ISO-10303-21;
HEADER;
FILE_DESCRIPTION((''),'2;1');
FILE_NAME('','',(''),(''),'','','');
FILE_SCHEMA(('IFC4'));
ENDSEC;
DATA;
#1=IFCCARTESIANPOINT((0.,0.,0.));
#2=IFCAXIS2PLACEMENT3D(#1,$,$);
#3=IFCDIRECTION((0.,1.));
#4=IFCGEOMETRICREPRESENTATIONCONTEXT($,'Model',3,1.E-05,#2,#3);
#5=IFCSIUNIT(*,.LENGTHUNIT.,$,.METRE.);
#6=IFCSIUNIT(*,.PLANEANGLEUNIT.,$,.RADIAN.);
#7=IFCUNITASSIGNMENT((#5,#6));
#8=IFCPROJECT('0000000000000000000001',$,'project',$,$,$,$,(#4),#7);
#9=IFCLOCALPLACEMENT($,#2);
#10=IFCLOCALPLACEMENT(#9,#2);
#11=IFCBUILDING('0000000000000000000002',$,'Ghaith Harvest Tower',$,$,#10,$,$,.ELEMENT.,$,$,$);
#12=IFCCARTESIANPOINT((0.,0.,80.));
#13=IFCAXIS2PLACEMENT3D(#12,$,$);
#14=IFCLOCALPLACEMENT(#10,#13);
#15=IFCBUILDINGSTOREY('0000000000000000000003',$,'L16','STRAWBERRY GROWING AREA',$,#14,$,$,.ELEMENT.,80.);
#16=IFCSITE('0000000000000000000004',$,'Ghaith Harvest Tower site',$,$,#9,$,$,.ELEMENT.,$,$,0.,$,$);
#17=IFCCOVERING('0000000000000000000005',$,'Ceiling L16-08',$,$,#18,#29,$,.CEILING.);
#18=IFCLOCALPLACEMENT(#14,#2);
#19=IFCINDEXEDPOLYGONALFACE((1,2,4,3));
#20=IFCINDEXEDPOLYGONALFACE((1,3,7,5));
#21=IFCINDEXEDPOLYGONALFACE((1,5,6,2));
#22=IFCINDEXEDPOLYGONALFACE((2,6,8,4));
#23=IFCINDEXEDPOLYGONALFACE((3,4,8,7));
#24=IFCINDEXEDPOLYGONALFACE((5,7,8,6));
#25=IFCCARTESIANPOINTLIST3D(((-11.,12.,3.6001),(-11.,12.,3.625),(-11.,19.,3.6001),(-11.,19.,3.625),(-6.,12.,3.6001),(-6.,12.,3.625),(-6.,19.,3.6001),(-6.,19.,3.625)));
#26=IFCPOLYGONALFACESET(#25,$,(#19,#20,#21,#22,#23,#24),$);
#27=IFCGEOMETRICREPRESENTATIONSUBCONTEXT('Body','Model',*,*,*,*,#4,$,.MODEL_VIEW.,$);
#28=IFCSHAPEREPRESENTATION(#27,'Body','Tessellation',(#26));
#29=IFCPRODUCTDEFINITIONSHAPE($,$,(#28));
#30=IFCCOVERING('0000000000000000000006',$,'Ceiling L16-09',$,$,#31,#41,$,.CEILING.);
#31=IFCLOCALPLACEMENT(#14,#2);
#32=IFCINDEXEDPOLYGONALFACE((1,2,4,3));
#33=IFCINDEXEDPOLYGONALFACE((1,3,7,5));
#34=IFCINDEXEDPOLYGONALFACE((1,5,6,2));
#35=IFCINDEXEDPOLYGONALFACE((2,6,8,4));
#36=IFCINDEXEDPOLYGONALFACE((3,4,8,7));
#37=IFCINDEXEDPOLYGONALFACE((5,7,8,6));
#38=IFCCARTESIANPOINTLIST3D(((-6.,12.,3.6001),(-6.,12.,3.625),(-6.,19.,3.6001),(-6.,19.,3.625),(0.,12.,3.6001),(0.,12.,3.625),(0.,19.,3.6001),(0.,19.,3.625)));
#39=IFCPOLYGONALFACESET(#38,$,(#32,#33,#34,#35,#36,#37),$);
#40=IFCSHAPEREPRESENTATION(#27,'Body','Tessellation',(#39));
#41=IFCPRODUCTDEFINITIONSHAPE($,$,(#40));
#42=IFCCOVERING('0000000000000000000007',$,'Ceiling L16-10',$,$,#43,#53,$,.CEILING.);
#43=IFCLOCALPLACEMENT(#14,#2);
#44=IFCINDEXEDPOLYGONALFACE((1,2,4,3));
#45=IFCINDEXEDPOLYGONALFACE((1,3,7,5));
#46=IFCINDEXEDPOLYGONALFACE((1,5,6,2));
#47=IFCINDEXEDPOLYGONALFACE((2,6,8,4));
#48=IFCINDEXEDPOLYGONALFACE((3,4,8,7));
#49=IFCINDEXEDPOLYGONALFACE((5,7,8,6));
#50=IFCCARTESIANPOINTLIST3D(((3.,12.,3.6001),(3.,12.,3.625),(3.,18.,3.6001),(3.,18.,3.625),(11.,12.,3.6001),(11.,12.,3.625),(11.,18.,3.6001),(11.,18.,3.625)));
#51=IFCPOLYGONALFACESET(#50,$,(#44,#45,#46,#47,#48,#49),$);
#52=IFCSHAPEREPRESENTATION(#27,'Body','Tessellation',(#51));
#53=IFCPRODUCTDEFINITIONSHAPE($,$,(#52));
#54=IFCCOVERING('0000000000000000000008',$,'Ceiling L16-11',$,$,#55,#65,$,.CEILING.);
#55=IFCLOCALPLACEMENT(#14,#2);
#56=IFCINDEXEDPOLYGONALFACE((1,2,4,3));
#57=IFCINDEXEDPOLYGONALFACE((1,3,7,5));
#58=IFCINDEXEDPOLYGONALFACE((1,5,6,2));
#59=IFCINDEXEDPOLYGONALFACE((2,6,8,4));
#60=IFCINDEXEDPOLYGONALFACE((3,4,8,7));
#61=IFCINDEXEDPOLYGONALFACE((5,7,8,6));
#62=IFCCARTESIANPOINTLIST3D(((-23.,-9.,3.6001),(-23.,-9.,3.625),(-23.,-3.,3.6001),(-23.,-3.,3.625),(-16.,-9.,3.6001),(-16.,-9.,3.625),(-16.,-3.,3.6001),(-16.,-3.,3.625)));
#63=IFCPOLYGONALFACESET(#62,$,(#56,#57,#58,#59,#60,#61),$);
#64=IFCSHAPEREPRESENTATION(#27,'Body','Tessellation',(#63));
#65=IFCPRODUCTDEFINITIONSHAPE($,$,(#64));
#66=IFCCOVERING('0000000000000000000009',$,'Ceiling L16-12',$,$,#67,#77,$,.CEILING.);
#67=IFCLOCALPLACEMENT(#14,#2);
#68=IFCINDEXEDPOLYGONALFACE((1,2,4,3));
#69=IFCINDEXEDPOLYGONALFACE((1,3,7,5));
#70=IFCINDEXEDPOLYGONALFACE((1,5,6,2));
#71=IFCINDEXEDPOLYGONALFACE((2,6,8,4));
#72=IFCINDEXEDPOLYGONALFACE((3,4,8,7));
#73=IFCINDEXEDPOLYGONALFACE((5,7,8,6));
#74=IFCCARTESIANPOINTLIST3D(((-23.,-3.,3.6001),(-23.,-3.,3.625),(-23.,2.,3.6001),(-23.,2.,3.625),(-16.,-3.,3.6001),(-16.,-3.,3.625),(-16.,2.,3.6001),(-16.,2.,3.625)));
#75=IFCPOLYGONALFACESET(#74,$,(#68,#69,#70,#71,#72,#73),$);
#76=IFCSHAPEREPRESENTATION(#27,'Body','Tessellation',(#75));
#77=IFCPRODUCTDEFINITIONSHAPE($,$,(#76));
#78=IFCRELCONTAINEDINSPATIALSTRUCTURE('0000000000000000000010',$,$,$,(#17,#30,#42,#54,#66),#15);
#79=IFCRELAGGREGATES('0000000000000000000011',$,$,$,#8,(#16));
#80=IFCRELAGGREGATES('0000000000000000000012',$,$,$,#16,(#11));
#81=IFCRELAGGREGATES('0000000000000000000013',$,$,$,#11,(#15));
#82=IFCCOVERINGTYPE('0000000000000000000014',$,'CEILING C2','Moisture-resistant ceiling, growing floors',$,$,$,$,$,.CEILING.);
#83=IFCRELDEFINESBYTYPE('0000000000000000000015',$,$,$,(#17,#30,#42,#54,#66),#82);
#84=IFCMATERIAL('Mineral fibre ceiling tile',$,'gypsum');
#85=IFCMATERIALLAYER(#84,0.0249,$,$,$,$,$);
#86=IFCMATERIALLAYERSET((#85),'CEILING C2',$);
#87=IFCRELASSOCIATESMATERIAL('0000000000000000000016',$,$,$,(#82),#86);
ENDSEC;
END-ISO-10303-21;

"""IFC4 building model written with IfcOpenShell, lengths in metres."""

from ifc_helpers import new_model, si_unit, direction, frame, origin, place, context, subcontext, project, spatial, polyline, outline, extrude, material, layer, layer_set, type_object, element, save


model = new_model("IFC4")

# Units and contexts
model_context = context("Model", 3, precision=1e-05, world=origin(), true_north=direction((0.0, 1.0)))
body_context = subcontext(model_context, "Body", "Model", "MODEL_VIEW")
ifc_project = project(units=[si_unit("LENGTHUNIT", "METRE"), si_unit("PLANEANGLEUNIT", "RADIAN")], contexts=[model_context])

# Site, building, storey
site_placement = place(None, origin())
site = spatial("IfcSite", under=ifc_project, at=site_placement, Name="Ghaith Harvest Tower site", CompositionType="ELEMENT", RefElevation=0.0)
building_placement = place(site_placement, origin())
building = spatial("IfcBuilding", under=site, at=building_placement, Name="Ghaith Harvest Tower", CompositionType="ELEMENT")
storey_placement = place(building_placement, frame((0.0, 0.0, 80.0)))
storey = spatial("IfcBuildingStorey", under=building, at=storey_placement, Name="L16", Description="STRAWBERRY GROWING AREA", CompositionType="ELEMENT", Elevation=80.0)

# Coverings
ifc_material_1 = material(Name="Mineral fibre ceiling tile", Category="gypsum")
ifc_layer_1 = layer(ifc_material_1, 0.0249)
ifc_layer_set_1 = layer_set([ifc_layer_1], Name="CEILING C2")
covering_type = type_object("IfcCoveringType", Name="CEILING C2", Description="Moisture-resistant ceiling, growing floors", PredefinedType="CEILING", material=ifc_layer_set_1)
covering_1_placement = place(storey_placement, frame((0.0, 0.0, 3.6001)))
element("IfcCovering", 1, at=covering_1_placement, inside=storey, type_object=covering_type, Name="Ceiling L16-08", PredefinedType="CEILING", context=body_context, shape_type="SweptSolid", body=[
    extrude(outline(polyline([(-11.0, 12.0), (-6.0, 12.0), (-6.0, 19.0), (-11.0, 19.0), (-11.0, 12.0)])), origin(), (0.0, 0.0, 1.0), 0.0249),
])
covering_2_placement = place(storey_placement, frame((0.0, 0.0, 3.6001)))
element("IfcCovering", 2, at=covering_2_placement, inside=storey, type_object=covering_type, Name="Ceiling L16-09", PredefinedType="CEILING", context=body_context, shape_type="SweptSolid", body=[
    extrude(outline(polyline([(-6.0, 12.0), (0.0, 12.0), (0.0, 19.0), (-6.0, 19.0), (-6.0, 12.0)])), origin(), (0.0, 0.0, 1.0), 0.0249),
])
covering_3_placement = place(storey_placement, frame((0.0, 0.0, 3.6001)))
element("IfcCovering", 3, at=covering_3_placement, inside=storey, type_object=covering_type, Name="Ceiling L16-10", PredefinedType="CEILING", context=body_context, shape_type="SweptSolid", body=[
    extrude(outline(polyline([(3.0, 12.0), (11.0, 12.0), (11.0, 18.0), (3.0, 18.0), (3.0, 12.0)])), origin(), (0.0, 0.0, 1.0), 0.0249),
])
covering_4_placement = place(storey_placement, frame((0.0, 0.0, 3.6001)))
element("IfcCovering", 4, at=covering_4_placement, inside=storey, type_object=covering_type, Name="Ceiling L16-11", PredefinedType="CEILING", context=body_context, shape_type="SweptSolid", body=[
    extrude(outline(polyline([(-23.0, -9.0), (-16.0, -9.0), (-16.0, -3.0), (-23.0, -3.0), (-23.0, -9.0)])), origin(), (0.0, 0.0, 1.0), 0.0249),
])
covering_5_placement = place(storey_placement, frame((0.0, 0.0, 3.6001)))
element("IfcCovering", 5, at=covering_5_placement, inside=storey, type_object=covering_type, Name="Ceiling L16-12", PredefinedType="CEILING", context=body_context, shape_type="SweptSolid", body=[
    extrude(outline(polyline([(-23.0, -3.0), (-16.0, -3.0), (-16.0, 2.0), (-23.0, 2.0), (-23.0, -3.0)])), origin(), (0.0, 0.0, 1.0), 0.0249),
])

save(model, "model.ifc")
